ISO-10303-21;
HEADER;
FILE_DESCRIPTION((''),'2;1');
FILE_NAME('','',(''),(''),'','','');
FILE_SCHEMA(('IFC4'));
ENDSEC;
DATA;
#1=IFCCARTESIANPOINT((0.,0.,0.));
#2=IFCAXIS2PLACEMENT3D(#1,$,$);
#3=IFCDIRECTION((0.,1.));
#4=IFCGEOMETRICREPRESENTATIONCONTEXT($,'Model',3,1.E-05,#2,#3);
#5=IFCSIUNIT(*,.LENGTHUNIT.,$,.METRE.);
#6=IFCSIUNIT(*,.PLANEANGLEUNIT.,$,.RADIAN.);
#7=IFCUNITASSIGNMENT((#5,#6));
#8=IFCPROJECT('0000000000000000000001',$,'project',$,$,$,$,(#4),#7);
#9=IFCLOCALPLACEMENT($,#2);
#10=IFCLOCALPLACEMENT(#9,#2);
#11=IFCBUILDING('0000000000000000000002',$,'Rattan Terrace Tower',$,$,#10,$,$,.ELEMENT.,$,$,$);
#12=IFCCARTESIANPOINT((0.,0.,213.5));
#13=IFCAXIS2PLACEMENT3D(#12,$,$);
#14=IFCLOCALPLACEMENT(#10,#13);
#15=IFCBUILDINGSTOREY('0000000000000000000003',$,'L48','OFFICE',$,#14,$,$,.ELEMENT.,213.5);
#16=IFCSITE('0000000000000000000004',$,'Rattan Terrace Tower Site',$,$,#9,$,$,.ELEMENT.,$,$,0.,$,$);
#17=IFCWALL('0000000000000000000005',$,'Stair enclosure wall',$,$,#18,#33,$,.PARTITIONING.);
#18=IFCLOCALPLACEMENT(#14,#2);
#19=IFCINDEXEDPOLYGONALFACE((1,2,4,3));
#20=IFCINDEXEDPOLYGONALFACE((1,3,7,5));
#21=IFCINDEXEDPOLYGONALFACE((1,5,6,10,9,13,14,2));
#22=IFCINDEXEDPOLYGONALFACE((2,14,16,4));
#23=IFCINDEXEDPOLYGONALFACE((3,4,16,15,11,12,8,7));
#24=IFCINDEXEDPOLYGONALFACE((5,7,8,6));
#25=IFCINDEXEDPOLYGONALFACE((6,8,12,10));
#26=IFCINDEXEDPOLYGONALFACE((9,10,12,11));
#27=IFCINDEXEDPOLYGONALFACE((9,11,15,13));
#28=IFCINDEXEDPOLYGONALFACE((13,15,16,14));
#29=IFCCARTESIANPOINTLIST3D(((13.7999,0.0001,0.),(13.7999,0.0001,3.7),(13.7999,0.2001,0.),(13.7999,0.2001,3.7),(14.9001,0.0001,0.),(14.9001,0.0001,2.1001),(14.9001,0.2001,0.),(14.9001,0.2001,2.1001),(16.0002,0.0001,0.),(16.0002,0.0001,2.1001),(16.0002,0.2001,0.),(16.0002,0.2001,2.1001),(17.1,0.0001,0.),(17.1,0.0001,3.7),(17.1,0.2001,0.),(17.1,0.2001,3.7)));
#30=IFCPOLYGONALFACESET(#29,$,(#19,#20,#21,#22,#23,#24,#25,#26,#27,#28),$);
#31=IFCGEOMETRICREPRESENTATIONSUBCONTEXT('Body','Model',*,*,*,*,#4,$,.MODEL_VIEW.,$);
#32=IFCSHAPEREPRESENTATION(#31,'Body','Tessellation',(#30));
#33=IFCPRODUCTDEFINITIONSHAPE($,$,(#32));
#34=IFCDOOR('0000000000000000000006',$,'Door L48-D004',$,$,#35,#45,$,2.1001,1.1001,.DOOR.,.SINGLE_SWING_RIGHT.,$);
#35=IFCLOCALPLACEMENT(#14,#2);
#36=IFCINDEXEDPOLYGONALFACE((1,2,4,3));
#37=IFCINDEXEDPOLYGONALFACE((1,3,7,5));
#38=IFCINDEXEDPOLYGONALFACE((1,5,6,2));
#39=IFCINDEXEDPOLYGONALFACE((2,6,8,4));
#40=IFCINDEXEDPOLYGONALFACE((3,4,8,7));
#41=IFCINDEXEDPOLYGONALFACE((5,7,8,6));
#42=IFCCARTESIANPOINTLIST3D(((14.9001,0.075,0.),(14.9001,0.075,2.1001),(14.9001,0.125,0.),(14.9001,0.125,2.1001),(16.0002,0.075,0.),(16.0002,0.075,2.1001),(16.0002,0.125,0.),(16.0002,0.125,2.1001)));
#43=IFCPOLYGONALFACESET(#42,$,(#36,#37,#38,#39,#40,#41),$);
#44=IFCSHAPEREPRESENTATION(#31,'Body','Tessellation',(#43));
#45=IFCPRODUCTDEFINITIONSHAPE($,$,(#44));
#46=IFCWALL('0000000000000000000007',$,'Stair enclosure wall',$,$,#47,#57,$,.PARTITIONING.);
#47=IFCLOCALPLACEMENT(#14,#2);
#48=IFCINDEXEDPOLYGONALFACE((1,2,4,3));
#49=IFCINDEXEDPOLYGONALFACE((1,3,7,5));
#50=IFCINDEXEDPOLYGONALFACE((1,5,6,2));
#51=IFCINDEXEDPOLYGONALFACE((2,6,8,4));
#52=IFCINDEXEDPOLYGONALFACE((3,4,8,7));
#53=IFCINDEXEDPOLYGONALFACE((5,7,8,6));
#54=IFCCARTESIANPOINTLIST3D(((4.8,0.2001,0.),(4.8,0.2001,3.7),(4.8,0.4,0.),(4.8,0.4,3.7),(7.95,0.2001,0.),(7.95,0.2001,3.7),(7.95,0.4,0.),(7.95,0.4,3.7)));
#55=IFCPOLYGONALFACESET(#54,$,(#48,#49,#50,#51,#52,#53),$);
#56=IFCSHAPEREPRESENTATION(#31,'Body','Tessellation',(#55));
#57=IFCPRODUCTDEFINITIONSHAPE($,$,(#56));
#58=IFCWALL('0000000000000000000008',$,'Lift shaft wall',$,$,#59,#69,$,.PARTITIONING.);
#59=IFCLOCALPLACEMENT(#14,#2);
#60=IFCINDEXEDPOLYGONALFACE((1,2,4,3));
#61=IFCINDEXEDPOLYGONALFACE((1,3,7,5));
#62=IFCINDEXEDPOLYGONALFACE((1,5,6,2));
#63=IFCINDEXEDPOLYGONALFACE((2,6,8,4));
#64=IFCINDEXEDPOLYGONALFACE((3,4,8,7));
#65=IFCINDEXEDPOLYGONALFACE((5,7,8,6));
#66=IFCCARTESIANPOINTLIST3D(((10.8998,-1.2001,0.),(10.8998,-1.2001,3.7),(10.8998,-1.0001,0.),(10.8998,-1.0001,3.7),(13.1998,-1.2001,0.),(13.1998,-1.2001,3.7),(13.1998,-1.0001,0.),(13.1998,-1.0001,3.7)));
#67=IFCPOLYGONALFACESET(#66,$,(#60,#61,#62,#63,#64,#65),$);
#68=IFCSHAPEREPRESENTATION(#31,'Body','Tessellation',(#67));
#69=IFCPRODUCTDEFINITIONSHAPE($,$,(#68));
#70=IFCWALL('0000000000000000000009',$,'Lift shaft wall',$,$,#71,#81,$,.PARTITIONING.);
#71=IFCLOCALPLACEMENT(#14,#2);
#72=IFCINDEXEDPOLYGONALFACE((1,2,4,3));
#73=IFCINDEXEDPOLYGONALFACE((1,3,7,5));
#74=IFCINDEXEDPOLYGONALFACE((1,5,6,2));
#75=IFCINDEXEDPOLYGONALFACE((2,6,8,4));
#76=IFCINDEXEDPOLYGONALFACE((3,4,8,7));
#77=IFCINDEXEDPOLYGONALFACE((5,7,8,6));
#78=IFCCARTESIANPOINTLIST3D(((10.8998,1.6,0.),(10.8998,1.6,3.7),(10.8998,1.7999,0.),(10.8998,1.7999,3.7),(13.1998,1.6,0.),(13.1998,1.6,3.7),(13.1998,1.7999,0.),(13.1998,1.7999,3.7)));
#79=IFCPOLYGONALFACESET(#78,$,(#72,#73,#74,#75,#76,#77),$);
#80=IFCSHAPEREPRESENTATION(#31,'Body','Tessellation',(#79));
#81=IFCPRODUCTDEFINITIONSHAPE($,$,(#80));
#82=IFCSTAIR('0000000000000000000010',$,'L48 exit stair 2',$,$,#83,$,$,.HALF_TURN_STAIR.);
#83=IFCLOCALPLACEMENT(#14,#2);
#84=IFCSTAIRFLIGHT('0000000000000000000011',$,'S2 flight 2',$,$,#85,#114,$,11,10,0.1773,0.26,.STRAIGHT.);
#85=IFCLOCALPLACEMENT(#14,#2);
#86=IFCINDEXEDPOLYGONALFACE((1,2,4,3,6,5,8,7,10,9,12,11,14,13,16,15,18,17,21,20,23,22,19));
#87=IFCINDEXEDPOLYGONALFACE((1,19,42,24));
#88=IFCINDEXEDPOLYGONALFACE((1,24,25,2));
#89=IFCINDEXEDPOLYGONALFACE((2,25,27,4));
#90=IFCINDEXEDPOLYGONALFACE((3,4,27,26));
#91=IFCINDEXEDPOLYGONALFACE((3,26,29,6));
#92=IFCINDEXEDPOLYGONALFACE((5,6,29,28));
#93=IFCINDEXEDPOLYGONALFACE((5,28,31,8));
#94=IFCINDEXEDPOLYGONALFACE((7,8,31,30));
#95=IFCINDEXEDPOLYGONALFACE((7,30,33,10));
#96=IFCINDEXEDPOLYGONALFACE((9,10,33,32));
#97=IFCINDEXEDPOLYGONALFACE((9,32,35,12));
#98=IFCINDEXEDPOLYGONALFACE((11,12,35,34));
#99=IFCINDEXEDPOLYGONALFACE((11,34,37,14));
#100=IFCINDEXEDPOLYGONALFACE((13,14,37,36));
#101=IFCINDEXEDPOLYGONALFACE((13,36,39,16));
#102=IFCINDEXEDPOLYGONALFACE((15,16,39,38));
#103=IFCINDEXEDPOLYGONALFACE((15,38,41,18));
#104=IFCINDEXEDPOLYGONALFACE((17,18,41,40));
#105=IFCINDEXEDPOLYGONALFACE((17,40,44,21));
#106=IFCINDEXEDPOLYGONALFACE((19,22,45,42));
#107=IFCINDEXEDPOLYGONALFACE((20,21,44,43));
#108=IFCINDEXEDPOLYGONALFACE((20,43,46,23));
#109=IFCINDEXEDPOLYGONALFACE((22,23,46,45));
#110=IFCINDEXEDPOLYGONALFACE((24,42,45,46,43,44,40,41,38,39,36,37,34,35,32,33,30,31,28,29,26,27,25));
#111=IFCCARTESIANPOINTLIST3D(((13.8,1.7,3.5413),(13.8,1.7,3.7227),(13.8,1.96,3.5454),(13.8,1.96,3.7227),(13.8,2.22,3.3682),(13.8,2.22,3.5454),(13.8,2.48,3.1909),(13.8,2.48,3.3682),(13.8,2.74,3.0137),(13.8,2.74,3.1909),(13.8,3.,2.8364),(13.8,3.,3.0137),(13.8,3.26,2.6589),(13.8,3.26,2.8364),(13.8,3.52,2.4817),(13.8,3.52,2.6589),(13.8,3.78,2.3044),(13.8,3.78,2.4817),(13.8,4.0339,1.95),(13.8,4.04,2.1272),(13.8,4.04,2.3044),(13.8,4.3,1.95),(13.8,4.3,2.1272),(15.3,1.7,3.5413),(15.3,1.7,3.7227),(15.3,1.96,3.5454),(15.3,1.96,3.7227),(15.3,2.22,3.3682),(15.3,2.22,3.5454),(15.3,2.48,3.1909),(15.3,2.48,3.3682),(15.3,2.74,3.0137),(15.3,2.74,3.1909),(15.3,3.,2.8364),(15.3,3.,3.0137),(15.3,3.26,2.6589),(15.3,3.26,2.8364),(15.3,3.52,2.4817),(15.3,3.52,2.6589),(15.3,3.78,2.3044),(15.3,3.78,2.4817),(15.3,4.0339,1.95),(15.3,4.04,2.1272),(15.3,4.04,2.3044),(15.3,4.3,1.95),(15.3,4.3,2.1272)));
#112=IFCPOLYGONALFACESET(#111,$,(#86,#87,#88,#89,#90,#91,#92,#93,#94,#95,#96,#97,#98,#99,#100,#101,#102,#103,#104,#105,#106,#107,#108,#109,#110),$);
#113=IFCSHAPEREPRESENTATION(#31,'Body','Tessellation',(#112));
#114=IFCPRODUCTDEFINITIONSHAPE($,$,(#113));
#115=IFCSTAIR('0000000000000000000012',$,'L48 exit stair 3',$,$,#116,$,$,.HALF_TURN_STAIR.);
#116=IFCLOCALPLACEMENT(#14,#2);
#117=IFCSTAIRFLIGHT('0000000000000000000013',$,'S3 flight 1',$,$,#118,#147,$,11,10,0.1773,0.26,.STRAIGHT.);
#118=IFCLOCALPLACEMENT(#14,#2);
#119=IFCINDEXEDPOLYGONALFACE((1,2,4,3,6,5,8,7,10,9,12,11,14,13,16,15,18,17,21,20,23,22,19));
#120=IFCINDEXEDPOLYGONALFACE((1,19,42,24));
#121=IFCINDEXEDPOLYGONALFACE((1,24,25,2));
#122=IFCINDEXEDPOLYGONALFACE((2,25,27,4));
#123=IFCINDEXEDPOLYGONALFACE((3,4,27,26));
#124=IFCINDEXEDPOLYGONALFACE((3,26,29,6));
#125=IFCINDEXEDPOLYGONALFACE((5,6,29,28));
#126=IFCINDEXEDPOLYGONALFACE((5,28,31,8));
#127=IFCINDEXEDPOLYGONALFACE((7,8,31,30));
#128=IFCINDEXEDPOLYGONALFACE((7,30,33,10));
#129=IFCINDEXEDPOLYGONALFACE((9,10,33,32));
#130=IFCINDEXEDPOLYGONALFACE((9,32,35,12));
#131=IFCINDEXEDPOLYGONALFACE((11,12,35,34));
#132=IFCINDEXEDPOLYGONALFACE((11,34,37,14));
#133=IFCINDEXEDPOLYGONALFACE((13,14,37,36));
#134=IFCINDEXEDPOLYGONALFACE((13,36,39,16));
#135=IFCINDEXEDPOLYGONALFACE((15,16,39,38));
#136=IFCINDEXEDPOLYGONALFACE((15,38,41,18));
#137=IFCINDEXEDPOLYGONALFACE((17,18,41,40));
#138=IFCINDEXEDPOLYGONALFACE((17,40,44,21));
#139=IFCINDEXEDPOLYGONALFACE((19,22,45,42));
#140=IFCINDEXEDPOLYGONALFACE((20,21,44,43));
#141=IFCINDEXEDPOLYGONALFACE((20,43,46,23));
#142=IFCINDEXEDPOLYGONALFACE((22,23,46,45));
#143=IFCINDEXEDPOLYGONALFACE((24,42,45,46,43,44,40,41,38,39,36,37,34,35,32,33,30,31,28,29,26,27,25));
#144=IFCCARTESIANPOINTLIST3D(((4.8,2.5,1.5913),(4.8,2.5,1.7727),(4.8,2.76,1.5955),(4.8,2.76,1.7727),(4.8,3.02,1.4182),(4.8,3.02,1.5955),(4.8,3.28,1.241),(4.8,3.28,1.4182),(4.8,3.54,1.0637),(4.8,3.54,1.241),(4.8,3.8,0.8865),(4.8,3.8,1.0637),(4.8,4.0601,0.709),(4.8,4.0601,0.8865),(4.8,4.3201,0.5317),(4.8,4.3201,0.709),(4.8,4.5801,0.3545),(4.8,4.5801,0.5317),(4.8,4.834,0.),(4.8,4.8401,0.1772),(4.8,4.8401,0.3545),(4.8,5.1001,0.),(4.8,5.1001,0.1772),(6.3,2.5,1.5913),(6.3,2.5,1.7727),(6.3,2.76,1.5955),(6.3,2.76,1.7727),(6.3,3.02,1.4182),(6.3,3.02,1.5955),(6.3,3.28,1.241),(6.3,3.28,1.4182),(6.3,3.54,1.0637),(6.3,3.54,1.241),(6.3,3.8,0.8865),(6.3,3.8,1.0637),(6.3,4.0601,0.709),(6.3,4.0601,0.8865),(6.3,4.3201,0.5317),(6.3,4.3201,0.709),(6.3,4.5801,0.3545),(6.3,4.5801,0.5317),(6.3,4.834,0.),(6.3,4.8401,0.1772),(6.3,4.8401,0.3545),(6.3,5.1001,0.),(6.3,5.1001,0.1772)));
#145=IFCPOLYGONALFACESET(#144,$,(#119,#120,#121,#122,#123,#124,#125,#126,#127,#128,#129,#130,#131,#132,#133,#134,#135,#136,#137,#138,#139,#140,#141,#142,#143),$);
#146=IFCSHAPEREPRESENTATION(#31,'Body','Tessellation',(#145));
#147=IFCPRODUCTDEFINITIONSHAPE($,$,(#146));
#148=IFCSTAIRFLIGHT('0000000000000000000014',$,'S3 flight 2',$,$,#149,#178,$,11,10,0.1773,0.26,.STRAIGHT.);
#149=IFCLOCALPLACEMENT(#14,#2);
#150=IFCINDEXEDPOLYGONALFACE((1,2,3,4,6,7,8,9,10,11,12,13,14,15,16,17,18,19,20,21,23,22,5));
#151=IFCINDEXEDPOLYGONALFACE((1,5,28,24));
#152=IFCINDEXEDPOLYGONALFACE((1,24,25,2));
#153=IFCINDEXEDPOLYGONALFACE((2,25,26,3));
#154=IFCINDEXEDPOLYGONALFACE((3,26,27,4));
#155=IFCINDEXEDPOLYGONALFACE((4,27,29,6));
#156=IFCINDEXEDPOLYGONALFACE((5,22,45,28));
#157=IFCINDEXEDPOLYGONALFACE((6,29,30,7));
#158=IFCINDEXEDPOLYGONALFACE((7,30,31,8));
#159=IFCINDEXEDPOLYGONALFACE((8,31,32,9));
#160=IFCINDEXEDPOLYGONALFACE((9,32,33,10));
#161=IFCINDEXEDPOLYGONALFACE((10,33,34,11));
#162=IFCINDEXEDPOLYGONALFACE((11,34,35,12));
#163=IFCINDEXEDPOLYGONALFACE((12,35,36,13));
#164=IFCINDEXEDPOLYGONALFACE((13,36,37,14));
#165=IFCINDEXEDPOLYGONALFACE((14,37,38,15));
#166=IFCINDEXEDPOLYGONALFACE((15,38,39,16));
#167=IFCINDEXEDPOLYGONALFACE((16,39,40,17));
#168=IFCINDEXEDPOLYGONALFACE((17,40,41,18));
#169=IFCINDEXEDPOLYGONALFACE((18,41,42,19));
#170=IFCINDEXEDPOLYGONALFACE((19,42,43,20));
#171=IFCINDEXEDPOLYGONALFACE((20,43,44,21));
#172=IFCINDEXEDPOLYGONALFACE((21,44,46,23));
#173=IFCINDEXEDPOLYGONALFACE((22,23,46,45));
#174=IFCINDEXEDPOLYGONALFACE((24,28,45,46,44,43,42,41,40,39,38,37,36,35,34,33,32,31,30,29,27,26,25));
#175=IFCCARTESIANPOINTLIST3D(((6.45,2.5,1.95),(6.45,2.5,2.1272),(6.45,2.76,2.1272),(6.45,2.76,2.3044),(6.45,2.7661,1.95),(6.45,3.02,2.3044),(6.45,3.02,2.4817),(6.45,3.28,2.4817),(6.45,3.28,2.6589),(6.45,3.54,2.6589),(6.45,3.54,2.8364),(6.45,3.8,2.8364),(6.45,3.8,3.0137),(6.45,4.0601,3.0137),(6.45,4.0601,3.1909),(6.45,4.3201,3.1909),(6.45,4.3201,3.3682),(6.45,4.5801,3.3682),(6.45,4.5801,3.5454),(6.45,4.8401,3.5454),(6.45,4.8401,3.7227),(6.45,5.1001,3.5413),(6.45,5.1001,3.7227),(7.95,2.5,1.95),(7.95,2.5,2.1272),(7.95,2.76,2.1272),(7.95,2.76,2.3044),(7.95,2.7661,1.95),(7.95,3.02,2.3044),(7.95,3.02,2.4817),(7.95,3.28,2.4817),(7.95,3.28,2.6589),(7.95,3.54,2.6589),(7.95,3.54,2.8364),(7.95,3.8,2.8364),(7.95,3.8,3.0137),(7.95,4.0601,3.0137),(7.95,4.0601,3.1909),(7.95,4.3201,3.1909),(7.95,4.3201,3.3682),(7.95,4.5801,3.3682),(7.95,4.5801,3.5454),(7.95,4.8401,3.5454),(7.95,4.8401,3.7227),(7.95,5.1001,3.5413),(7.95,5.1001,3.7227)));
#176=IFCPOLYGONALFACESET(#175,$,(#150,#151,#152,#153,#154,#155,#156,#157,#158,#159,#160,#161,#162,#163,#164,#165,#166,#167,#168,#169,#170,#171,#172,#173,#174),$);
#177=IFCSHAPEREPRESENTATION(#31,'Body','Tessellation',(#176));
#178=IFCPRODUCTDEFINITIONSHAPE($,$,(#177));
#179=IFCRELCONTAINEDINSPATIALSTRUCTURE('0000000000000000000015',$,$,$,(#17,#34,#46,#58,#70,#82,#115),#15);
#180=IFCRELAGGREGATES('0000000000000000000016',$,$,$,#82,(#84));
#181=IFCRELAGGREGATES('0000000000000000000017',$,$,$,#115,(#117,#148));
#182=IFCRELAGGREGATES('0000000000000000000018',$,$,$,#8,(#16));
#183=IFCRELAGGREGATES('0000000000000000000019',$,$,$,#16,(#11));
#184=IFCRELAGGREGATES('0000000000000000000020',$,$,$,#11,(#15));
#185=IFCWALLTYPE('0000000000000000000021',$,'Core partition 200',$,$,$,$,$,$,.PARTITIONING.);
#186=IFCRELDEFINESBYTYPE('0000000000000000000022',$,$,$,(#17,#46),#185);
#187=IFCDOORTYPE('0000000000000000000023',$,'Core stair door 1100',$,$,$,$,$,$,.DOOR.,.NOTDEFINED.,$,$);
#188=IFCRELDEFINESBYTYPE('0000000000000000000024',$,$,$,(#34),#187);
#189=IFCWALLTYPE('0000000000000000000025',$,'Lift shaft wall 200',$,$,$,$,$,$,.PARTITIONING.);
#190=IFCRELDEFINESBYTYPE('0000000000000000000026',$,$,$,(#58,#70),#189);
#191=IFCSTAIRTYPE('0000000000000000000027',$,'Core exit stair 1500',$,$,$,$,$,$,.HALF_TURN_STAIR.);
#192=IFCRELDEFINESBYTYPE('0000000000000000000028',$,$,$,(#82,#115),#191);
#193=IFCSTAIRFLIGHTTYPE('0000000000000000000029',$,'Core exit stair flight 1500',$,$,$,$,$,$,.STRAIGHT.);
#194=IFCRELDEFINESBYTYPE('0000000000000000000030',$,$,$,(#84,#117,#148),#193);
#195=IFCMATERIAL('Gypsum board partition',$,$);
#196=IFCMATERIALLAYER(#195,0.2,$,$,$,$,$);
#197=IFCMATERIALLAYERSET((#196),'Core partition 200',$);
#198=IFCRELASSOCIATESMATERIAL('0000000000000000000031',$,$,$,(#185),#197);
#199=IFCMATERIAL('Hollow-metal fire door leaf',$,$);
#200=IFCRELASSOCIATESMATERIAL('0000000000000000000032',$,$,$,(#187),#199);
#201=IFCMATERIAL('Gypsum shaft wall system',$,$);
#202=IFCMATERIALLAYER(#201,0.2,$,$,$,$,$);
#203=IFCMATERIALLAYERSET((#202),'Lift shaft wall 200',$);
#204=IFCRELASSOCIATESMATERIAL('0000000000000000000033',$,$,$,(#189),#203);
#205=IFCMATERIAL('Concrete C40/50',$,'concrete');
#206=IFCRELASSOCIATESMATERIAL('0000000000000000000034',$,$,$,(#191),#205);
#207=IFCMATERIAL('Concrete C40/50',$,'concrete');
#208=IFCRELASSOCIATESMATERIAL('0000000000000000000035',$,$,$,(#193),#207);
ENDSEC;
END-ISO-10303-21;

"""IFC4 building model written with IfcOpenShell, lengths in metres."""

from ifc_helpers import new_model, si_unit, direction, frame, frame_2d, origin, place, context, subcontext, project, spatial, polyline, rectangle, outline, extrude, material, layer, layer_set, type_object, element, fill, aggregate, save


model = new_model("IFC4")

# Units and contexts
model_context = context("Model", 3, precision=1e-05, world=origin(), true_north=direction((0.0, 1.0)))
body_context = subcontext(model_context, "Body", "Model", "MODEL_VIEW")
ifc_project = project(units=[si_unit("LENGTHUNIT", "METRE"), si_unit("PLANEANGLEUNIT", "RADIAN")], contexts=[model_context])

# Site, building, storey
site_placement = place(None, origin())
site = spatial("IfcSite", under=ifc_project, at=site_placement, Name="Rattan Terrace Tower Site", CompositionType="ELEMENT", RefElevation=0.0)
building_placement = place(site_placement, origin())
building = spatial("IfcBuilding", under=site, at=building_placement, Name="Rattan Terrace Tower", CompositionType="ELEMENT")
storey_placement = place(building_placement, frame((0.0, 0.0, 213.5)))
storey = spatial("IfcBuildingStorey", under=building, at=storey_placement, Name="L48", Description="OFFICE", CompositionType="ELEMENT", Elevation=213.5)

# Wall, opening, door
ifc_material_1 = material(Name="Gypsum board partition")
ifc_layer_1 = layer(ifc_material_1, 0.2)
ifc_layer_set_1 = layer_set([ifc_layer_1], Name="Core partition 200")
wall_type_1 = type_object("IfcWallType", Name="Core partition 200", PredefinedType="PARTITIONING", material=ifc_layer_set_1)
wall_1_placement = place(storey_placement, frame((13.8, 0.1001, 0.0), z_axis=(0.0, 0.0, 1.0), x_axis=(1.0, 0.0, 0.0)))
wall_1 = element("IfcWall", 1, at=wall_1_placement, inside=storey, type_object=wall_type_1, Name="Stair enclosure wall", PredefinedType="PARTITIONING", context=body_context, shape_type="SweptSolid", body=[
    extrude(rectangle(XDim=3.3, YDim=0.2, at=frame_2d((1.6499, 0.0))), origin(), (0.0, 0.0, 1.0), 3.7),
])
opening_placement = place(wall_1_placement, frame((1.1001, 0.0, 0.0)))
opening = element("IfcOpeningElement", 2, at=opening_placement, cuts=wall_1, PredefinedType="OPENING", context=body_context, shape_type="SweptSolid", body=[
    extrude(rectangle(XDim=1.1001, YDim=2.1001, at=frame_2d((0.55, 1.05))), frame((0.0, 0.1106, 0.0), z_axis=(0.0, -1.0, 0.0), x_axis=(1.0, 0.0, 0.0)), (0.0, 0.0, 1.0), 0.2209),
])
ifc_material_2 = material(Name="Hollow-metal fire door leaf")
door_type = type_object("IfcDoorType", Name="Core stair door 1100", OperationType="NOTDEFINED", PredefinedType="DOOR", material=ifc_material_2)
door_placement = place(opening_placement, origin())
door = element("IfcDoor", 3, at=door_placement, inside=storey, type_object=door_type, Name="Door L48-D004", OperationType="SINGLE_SWING_RIGHT", OverallHeight=2.1001, OverallWidth=1.1001, PredefinedType="DOOR", context=body_context, shape_type="SweptSolid", body=[
    extrude(rectangle(XDim=1.1001, YDim=2.1001, at=frame_2d((0.55, 1.05))), frame((0.0, 0.0249, 0.0), z_axis=(0.0, -1.0, 0.0), x_axis=(1.0, 0.0, 0.0)), (0.0, 0.0, 1.0), 0.05),
])
fill(opening, door)

# Walls
wall_2_placement = place(storey_placement, frame((4.8, 0.3, 0.0), z_axis=(0.0, 0.0, 1.0), x_axis=(1.0, 0.0, 0.0)))
element("IfcWall", 4, at=wall_2_placement, inside=storey, type_object=wall_type_1, Name="Stair enclosure wall", PredefinedType="PARTITIONING", context=body_context, shape_type="SweptSolid", body=[
    extrude(rectangle(XDim=3.1499, YDim=0.2, at=frame_2d((1.575, 0.0))), origin(), (0.0, 0.0, 1.0), 3.7),
])
ifc_material_3 = material(Name="Gypsum shaft wall system")
ifc_layer_2 = layer(ifc_material_3, 0.2)
ifc_layer_set_2 = layer_set([ifc_layer_2], Name="Lift shaft wall 200")
wall_type_2 = type_object("IfcWallType", Name="Lift shaft wall 200", PredefinedType="PARTITIONING", material=ifc_layer_set_2)
for number, where, z_axis, x_axis, name in (
    (5, (10.8999, -1.1001, 0.0), (0.0, 0.0, 1.0), (1.0, 0.0, 0.0), "Lift shaft wall"),
    (6, (10.8999, 1.7, 0.0), (0.0, 0.0, 1.0), (1.0, 0.0, 0.0), "Lift shaft wall"),
):
    element("IfcWall", number, at=place(storey_placement, frame(where, z_axis=z_axis, x_axis=x_axis)), inside=storey, type_object=wall_type_2, Name=name, PredefinedType="PARTITIONING", context=body_context, shape_type="SweptSolid", body=[
        extrude(rectangle(XDim=2.3, YDim=0.2, at=frame_2d((1.1499, 0.0))), origin(), (0.0, 0.0, 1.0), 3.7),
    ])

# Stair, stair flight
ifc_material_4 = material(Name="Concrete C40/50", Category="concrete")
stair_type = type_object("IfcStairType", Name="Core exit stair 1500", PredefinedType="HALF_TURN_STAIR", material=ifc_material_4)
stair_1_placement = place(storey_placement, origin())
stair_1 = element("IfcStair", 7, at=stair_1_placement, inside=storey, type_object=stair_type, Name="L48 exit stair 2", PredefinedType="HALF_TURN_STAIR")
ifc_material_5 = material(Name="Concrete C40/50", Category="concrete")
stair_flight_type = type_object("IfcStairFlightType", Name="Core exit stair flight 1500", PredefinedType="STRAIGHT", material=ifc_material_5)
stair_flight_1_placement = place(storey_placement, frame((14.55, 4.3, 1.95), z_axis=(0.0, 0.0, 1.0), x_axis=(0.0, -1.0, 0.0)))
stair_flight_1 = element("IfcStairFlight", 8, at=stair_flight_1_placement, type_object=stair_flight_type, Name="S2 flight 2", NumberOfRisers=11, NumberOfTreads=10, PredefinedType="STRAIGHT", RiserHeight=0.1773, TreadLength=0.26, context=body_context, shape_type="SweptSolid", body=[
    extrude(outline(polyline([(0.0, 0.0), (0.0, 0.1772), (0.26, 0.1772), (0.26, 0.3545), (0.52, 0.3545), (0.52, 0.5317), (0.78, 0.5317), (0.78, 0.709), (1.04, 0.709), (1.04, 0.8865), (1.3, 0.8865), (1.3, 1.0637), (1.5601, 1.0637), (1.5601, 1.241), (1.8201, 1.241), (1.8201, 1.4182), (2.0801, 1.4182), (2.0801, 1.5955), (2.3401, 1.5955), (2.3401, 1.7727), (2.6001, 1.7727), (2.6001, 1.95), (2.6001, 1.5913), (0.2661, 0.0), (0.0, 0.0)])), frame((0.0, 0.75, 0.0), z_axis=(0.0, -1.0, 0.0), x_axis=(1.0, 0.0, 0.0)), (0.0, 0.0, 1.0), 1.5),
])
aggregate(stair_1, [stair_flight_1])

# Stair, stair flights
stair_2_placement = place(storey_placement, origin())
stair_2 = element("IfcStair", 9, at=stair_2_placement, inside=storey, type_object=stair_type, Name="L48 exit stair 3", PredefinedType="HALF_TURN_STAIR")
stair_flight_2_placement = place(storey_placement, frame((5.55, 5.1001, 0.0), z_axis=(0.0, 0.0, 1.0), x_axis=(0.0, -1.0, 0.0)))
stair_flight_2 = element("IfcStairFlight", 10, at=stair_flight_2_placement, type_object=stair_flight_type, Name="S3 flight 1", NumberOfRisers=11, NumberOfTreads=10, PredefinedType="STRAIGHT", RiserHeight=0.1773, TreadLength=0.26, context=body_context, shape_type="SweptSolid", body=[
    extrude(outline(polyline([(0.0, 0.0), (0.0, 0.1772), (0.26, 0.1772), (0.26, 0.3545), (0.52, 0.3545), (0.52, 0.5317), (0.78, 0.5317), (0.78, 0.709), (1.04, 0.709), (1.04, 0.8865), (1.3, 0.8865), (1.3, 1.0637), (1.5601, 1.0637), (1.5601, 1.241), (1.8201, 1.241), (1.8201, 1.4182), (2.0801, 1.4182), (2.0801, 1.5955), (2.3401, 1.5955), (2.3401, 1.7727), (2.6001, 1.7727), (2.6001, 1.95), (2.6001, 1.5913), (0.2661, 0.0), (0.0, 0.0)])), frame((0.0, 0.75, 0.0), z_axis=(0.0, -1.0, 0.0), x_axis=(1.0, 0.0, 0.0)), (0.0, 0.0, 1.0), 1.5),
])
stair_flight_3_placement = place(storey_placement, frame((7.2, 2.5, 1.95), z_axis=(0.0, 0.0, 1.0), x_axis=(0.0, 1.0, 0.0)))
stair_flight_3 = element("IfcStairFlight", 11, at=stair_flight_3_placement, type_object=stair_flight_type, Name="S3 flight 2", NumberOfRisers=11, NumberOfTreads=10, PredefinedType="STRAIGHT", RiserHeight=0.1773, TreadLength=0.26, context=body_context, shape_type="SweptSolid", body=[
    extrude(outline(polyline([(0.0, 0.0), (0.0, 0.1772), (0.26, 0.1772), (0.26, 0.3545), (0.52, 0.3545), (0.52, 0.5317), (0.78, 0.5317), (0.78, 0.709), (1.04, 0.709), (1.04, 0.8865), (1.3, 0.8865), (1.3, 1.0637), (1.5601, 1.0637), (1.5601, 1.241), (1.8201, 1.241), (1.8201, 1.4182), (2.0801, 1.4182), (2.0801, 1.5955), (2.3401, 1.5955), (2.3401, 1.7727), (2.6001, 1.7727), (2.6001, 1.95), (2.6001, 1.5913), (0.2661, 0.0), (0.0, 0.0)])), frame((0.0, 0.75, 0.0), z_axis=(0.0, -1.0, 0.0), x_axis=(1.0, 0.0, 0.0)), (0.0, 0.0, 1.0), 1.5),
])
aggregate(stair_2, [stair_flight_2, stair_flight_3])

save(model, "model.ifc")
